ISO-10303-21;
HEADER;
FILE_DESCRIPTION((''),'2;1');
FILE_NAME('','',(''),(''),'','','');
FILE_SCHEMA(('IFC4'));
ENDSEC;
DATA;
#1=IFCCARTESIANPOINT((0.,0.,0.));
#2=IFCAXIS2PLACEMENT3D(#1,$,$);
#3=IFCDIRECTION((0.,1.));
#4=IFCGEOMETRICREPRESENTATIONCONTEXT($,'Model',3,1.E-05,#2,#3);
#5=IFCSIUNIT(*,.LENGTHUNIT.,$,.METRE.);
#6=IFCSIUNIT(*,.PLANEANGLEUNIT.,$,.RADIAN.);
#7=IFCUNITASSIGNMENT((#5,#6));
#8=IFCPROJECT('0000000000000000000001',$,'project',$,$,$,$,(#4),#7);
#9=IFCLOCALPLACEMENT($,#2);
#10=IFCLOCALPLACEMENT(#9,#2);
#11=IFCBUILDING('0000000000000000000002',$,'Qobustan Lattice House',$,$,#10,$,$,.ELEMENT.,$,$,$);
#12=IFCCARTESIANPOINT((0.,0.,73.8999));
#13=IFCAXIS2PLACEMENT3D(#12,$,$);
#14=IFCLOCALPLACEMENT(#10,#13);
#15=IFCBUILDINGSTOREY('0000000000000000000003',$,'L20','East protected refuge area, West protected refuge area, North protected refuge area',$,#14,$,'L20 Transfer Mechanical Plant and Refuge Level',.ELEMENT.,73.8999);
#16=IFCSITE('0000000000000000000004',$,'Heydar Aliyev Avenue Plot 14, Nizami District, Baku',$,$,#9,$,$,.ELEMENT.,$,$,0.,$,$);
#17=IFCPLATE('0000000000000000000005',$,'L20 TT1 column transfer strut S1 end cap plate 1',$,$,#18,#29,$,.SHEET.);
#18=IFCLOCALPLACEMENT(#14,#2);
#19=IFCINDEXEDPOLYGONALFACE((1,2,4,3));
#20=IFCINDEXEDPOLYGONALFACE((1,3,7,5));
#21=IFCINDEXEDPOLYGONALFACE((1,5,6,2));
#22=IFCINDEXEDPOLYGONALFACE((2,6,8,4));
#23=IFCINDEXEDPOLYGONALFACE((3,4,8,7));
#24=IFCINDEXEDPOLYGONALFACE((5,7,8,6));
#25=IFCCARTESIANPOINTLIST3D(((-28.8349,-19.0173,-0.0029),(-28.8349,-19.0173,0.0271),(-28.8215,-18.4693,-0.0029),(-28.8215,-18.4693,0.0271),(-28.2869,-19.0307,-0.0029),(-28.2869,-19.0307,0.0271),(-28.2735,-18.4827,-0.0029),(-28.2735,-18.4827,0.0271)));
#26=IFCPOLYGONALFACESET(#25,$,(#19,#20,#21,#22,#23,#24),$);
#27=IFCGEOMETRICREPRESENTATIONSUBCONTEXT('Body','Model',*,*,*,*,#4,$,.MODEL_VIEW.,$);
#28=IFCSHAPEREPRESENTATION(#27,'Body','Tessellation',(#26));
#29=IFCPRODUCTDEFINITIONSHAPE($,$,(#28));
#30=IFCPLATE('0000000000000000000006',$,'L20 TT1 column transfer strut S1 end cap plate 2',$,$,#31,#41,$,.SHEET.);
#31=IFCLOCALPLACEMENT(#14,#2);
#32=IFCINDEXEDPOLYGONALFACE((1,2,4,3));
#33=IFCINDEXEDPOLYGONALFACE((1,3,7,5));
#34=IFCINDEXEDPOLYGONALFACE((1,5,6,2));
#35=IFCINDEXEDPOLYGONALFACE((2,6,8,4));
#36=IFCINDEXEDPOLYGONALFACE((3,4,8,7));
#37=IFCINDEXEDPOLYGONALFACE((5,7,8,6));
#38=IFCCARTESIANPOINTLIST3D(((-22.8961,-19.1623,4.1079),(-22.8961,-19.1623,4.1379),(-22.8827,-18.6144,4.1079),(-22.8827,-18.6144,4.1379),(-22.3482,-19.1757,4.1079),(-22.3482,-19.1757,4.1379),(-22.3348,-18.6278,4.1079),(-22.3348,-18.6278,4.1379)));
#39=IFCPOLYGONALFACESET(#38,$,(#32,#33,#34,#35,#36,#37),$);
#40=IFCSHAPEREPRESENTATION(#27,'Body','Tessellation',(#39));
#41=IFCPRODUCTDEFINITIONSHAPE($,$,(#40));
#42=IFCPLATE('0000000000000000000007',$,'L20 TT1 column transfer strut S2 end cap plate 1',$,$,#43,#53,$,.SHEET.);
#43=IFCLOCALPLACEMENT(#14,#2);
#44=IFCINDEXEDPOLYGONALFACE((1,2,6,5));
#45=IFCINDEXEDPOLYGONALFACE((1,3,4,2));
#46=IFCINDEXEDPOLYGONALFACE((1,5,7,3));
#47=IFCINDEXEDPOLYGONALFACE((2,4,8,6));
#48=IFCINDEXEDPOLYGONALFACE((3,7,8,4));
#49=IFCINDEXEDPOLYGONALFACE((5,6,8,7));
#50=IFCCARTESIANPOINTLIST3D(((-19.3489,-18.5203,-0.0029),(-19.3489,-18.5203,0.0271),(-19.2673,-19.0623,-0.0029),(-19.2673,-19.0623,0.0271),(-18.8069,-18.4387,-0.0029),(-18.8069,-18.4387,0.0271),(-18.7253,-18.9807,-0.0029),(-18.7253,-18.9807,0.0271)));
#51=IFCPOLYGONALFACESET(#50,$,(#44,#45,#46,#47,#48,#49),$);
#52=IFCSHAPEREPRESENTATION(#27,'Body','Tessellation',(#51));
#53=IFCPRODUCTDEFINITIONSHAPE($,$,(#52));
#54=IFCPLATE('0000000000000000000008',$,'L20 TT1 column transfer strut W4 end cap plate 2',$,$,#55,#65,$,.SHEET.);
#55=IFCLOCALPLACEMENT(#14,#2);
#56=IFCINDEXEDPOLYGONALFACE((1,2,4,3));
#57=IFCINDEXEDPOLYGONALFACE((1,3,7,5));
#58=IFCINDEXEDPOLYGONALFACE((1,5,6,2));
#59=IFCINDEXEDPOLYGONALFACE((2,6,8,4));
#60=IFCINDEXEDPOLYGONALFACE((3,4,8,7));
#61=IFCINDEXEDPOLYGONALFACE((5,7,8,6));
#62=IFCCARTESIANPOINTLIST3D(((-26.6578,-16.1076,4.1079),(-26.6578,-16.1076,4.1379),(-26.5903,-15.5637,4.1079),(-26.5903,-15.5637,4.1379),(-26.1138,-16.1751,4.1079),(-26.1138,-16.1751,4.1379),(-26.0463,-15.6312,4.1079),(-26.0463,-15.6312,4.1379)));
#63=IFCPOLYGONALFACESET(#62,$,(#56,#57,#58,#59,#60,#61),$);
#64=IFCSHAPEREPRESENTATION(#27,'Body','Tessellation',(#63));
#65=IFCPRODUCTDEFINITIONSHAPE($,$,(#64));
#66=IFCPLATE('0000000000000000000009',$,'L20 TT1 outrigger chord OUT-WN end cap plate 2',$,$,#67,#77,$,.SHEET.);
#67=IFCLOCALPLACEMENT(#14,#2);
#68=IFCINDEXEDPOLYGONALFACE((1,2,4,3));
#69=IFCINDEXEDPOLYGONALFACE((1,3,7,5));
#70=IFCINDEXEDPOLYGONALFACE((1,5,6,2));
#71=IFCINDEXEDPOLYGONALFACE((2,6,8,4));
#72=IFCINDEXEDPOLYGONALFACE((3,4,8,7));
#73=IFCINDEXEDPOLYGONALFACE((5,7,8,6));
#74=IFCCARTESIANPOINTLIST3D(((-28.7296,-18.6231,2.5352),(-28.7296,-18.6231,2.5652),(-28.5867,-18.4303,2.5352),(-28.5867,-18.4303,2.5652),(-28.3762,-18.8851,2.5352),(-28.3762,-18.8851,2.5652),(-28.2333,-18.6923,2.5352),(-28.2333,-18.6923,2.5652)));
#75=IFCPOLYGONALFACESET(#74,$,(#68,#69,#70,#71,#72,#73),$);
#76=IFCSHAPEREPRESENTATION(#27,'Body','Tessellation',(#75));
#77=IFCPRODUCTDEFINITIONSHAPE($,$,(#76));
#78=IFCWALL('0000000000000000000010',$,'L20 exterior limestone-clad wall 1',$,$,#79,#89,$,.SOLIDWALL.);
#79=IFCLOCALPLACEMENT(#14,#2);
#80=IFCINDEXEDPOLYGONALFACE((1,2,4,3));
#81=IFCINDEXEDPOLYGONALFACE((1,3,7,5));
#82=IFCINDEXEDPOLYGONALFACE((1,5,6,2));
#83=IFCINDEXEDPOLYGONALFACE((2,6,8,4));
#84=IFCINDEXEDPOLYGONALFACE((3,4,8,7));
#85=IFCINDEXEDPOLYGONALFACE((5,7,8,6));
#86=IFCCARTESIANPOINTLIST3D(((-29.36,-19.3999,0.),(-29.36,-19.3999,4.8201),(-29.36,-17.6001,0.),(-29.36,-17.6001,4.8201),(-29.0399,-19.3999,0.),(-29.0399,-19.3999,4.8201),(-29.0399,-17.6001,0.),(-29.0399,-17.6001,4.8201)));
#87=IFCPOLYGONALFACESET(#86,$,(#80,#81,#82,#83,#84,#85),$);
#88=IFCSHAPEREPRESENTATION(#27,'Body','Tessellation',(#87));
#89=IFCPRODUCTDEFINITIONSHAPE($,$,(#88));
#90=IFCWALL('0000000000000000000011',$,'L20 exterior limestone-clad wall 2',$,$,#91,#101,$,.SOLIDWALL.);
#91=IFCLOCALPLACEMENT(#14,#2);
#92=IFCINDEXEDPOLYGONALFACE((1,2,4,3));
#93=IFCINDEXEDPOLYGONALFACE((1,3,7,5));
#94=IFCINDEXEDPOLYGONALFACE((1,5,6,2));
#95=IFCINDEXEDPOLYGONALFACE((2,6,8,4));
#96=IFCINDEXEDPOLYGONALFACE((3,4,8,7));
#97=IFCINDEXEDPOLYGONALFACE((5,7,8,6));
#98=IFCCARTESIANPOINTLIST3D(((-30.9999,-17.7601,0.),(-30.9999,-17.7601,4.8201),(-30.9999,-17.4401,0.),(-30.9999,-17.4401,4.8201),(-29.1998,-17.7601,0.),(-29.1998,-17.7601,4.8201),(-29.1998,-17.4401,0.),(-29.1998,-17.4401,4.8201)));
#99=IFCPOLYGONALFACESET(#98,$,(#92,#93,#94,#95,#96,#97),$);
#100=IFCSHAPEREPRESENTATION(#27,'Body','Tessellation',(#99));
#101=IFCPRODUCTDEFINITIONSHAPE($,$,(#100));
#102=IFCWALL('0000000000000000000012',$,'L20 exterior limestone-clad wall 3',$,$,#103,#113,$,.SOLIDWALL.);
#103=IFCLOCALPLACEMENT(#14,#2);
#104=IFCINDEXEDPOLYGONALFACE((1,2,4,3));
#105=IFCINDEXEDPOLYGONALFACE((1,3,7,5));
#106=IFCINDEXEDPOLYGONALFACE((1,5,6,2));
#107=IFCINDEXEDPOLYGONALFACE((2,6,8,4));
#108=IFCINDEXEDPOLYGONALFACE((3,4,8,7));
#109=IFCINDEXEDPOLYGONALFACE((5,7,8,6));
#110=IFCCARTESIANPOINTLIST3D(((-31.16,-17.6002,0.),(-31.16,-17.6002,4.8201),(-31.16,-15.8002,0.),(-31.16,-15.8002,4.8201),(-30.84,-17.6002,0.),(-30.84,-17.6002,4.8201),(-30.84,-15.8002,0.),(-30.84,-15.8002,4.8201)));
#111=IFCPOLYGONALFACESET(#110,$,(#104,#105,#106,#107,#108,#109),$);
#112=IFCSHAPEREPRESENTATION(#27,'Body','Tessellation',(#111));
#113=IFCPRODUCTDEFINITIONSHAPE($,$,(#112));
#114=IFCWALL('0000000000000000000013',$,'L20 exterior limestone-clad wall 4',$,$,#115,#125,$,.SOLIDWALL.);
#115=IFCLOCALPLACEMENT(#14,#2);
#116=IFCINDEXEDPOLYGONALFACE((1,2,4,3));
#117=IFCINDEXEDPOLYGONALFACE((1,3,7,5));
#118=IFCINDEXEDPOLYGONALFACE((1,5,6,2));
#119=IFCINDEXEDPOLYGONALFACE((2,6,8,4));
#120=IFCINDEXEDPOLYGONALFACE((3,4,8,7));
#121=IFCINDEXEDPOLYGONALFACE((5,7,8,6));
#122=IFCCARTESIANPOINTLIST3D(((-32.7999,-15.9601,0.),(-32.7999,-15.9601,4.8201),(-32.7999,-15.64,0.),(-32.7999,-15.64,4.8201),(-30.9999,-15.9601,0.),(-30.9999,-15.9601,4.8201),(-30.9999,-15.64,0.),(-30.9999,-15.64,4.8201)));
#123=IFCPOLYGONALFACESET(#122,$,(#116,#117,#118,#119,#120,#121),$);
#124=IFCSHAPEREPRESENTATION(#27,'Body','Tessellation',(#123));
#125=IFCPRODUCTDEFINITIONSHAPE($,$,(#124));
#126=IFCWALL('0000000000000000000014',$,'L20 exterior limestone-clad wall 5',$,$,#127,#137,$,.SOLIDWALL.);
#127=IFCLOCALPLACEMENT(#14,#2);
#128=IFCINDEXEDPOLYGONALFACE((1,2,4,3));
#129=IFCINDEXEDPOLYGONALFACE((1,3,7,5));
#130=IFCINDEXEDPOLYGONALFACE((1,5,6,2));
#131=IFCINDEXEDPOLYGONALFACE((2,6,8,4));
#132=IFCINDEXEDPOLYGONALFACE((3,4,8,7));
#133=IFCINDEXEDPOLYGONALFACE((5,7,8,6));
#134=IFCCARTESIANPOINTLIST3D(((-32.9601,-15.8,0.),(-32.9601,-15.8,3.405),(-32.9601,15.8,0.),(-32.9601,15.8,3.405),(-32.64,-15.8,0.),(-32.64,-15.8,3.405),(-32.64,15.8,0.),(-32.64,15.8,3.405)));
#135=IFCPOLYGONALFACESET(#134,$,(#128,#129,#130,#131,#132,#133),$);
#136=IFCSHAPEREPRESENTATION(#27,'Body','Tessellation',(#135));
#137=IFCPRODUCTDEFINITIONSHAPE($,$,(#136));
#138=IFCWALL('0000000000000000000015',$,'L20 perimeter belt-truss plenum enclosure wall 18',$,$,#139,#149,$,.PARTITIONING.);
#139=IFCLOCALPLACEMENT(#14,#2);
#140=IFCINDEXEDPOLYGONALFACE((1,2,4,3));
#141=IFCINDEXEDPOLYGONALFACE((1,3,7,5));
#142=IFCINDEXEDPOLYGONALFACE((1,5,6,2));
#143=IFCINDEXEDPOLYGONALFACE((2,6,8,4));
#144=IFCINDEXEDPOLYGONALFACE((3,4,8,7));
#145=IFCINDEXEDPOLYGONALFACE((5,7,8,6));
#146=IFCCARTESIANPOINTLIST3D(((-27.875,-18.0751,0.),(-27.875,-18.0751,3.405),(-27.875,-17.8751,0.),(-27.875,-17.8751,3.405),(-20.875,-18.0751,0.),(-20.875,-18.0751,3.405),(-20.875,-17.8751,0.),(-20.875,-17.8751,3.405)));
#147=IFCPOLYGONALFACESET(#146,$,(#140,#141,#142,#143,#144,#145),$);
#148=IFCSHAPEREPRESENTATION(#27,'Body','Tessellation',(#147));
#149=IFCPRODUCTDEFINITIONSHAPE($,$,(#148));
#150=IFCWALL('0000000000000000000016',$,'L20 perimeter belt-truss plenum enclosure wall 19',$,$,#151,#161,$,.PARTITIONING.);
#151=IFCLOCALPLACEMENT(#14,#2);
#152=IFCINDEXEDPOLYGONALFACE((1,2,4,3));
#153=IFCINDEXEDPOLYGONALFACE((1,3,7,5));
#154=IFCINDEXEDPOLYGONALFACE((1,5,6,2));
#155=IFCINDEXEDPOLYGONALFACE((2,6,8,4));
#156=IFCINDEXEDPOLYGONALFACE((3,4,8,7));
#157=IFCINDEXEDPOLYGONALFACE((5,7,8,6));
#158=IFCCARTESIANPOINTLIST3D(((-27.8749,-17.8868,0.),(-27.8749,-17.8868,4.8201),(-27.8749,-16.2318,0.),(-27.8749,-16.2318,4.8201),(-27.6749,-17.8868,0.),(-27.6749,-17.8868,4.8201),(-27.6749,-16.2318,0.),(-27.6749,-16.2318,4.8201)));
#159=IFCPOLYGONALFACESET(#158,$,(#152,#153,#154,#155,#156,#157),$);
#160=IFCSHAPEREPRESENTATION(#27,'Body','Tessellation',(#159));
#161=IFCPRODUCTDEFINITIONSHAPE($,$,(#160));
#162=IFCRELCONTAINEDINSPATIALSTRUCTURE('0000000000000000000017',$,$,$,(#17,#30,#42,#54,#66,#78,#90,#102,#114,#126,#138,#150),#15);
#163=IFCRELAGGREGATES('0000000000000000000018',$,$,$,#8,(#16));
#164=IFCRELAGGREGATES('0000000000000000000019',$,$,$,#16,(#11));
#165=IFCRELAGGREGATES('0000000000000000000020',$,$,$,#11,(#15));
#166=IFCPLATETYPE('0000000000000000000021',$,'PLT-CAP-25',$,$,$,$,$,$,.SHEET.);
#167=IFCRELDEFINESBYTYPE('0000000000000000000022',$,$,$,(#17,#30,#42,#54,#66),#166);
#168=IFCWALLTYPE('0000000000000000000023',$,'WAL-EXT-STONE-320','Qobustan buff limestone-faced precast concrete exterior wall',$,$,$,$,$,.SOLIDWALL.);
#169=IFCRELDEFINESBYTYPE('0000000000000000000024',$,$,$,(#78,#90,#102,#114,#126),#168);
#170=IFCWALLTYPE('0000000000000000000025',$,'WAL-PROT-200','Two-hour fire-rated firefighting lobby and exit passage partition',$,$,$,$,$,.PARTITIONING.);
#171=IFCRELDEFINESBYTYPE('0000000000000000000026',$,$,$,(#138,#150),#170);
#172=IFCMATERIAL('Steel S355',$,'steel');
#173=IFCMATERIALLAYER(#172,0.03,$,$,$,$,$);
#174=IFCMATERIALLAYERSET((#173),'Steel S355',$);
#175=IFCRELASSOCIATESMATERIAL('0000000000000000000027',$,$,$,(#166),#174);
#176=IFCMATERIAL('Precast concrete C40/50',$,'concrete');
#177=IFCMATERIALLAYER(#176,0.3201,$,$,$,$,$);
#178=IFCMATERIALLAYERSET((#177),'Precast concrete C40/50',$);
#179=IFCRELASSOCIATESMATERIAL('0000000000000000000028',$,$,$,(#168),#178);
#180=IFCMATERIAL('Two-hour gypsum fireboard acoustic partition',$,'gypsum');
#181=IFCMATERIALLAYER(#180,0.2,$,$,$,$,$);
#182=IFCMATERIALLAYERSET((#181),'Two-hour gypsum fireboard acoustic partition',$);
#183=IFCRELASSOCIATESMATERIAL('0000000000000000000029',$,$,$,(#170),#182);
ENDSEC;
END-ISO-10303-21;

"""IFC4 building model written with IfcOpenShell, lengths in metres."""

from ifc_helpers import new_model, si_unit, direction, frame, frame_2d, origin, origin_2d, place, context, subcontext, project, spatial, rectangle, extrude, material, layer, layer_set, type_object, element, save


model = new_model("IFC4")

# Units and contexts
model_context = context("Model", 3, precision=1e-05, world=origin(), true_north=direction((0.0, 1.0)))
body_context = subcontext(model_context, "Body", "Model", "MODEL_VIEW")
ifc_project = project(units=[si_unit("LENGTHUNIT", "METRE"), si_unit("PLANEANGLEUNIT", "RADIAN")], contexts=[model_context])

# Site, building, storey
site_placement = place(None, origin())
site = spatial("IfcSite", under=ifc_project, at=site_placement, Name="Heydar Aliyev Avenue Plot 14, Nizami District, Baku", CompositionType="ELEMENT", RefElevation=0.0)
building_placement = place(site_placement, origin())
building = spatial("IfcBuilding", under=site, at=building_placement, Name="Qobustan Lattice House", CompositionType="ELEMENT")
storey_placement = place(building_placement, frame((0.0, 0.0, 73.8999)))
storey = spatial("IfcBuildingStorey", under=building, at=storey_placement, Name="L20", Description="East protected refuge area, West protected refuge area, North protected refuge area", LongName="L20 Transfer Mechanical Plant and Refuge Level", CompositionType="ELEMENT", Elevation=73.8999)

# Plates
ifc_material_1 = material(Name="Steel S355", Category="steel")
ifc_layer_1 = layer(ifc_material_1, 0.03)
ifc_layer_set_1 = layer_set([ifc_layer_1], Name="Steel S355")
plate_type = type_object("IfcPlateType", Name="PLT-CAP-25", PredefinedType="SHEET", material=ifc_layer_set_1)
for number, where, z_axis, x_axis, name in (
    (1, (-28.5542, -18.75, -0.0029), (0.0, 0.0, 1.0), (0.999701, -0.02445, 0.0), "L20 TT1 column transfer strut S1 end cap plate 1"),
    (2, (-22.6155, -18.895, 4.1079), (0.0, 0.0, 1.0), (0.999701, -0.02445, 0.0), "L20 TT1 column transfer strut S1 end cap plate 2"),
    (3, (-19.0371, -18.7505, -0.0029), (0.0, 0.0, 1.0), (0.988874, 0.148759, 0.0), "L20 TT1 column transfer strut S2 end cap plate 1"),
    (4, (-26.3521, -15.8694, 4.1079), (0.0, 0.0, 1.0), (0.992388, -0.123151, 0.0), "L20 TT1 column transfer strut W4 end cap plate 2"),
):
    element("IfcPlate", number, at=place(storey_placement, frame(where, z_axis=z_axis, x_axis=x_axis)), inside=storey, type_object=plate_type, Name=name, PredefinedType="SHEET", context=body_context, shape_type="SweptSolid", body=[
        extrude(rectangle(XDim=0.5481, YDim=0.5481, at=origin_2d()), origin(), (0.0, 0.0, 1.0), 0.03),
    ])
plate_1_placement = place(storey_placement, frame((-28.4814, -18.6577, 2.5352), z_axis=(0.0, 0.0, 1.0), x_axis=(-0.595594, -0.803286, 0.0)))
element("IfcPlate", 5, at=plate_1_placement, inside=storey, type_object=plate_type, Name="L20 TT1 outrigger chord OUT-WN end cap plate 2", PredefinedType="SHEET", context=body_context, shape_type="SweptSolid", body=[
    extrude(rectangle(XDim=0.24, YDim=0.4399, at=origin_2d()), origin(), (0.0, 0.0, 1.0), 0.03),
])

# Walls
ifc_material_2 = material(Name="Precast concrete C40/50", Category="concrete")
ifc_layer_2 = layer(ifc_material_2, 0.3201)
ifc_layer_set_2 = layer_set([ifc_layer_2], Name="Precast concrete C40/50")
wall_type_1 = type_object("IfcWallType", Name="WAL-EXT-STONE-320", Description="Qobustan buff limestone-faced precast concrete exterior wall", PredefinedType="SOLIDWALL", material=ifc_layer_set_2)
wall_1_placement = place(storey_placement, frame((-29.2, -19.3999, 0.0), z_axis=(0.0, 0.0, 1.0), x_axis=(0.0, 1.0, 0.0)))
element("IfcWall", 6, at=wall_1_placement, inside=storey, type_object=wall_type_1, Name="L20 exterior limestone-clad wall 1", PredefinedType="SOLIDWALL", context=body_context, shape_type="SweptSolid", body=[
    extrude(rectangle(XDim=1.7998, YDim=0.3201, at=frame_2d((0.8999, 0.0))), origin(), (0.0, 0.0, 1.0), 4.8201),
])
for number, where, z_axis, x_axis, name in (
    (7, (-29.2, -17.6001, 0.0), (0.0, 0.0, 1.0), (-1.0, 0.0, 0.0), "L20 exterior limestone-clad wall 2"),
    (8, (-31.0, -17.6001, 0.0), (0.0, 0.0, 1.0), (0.0, 1.0, 0.0), "L20 exterior limestone-clad wall 3"),
    (9, (-31.0, -15.8, 0.0), (0.0, 0.0, 1.0), (-1.0, 0.0, 0.0), "L20 exterior limestone-clad wall 4"),
):
    element("IfcWall", number, at=place(storey_placement, frame(where, z_axis=z_axis, x_axis=x_axis)), inside=storey, type_object=wall_type_1, Name=name, PredefinedType="SOLIDWALL", context=body_context, shape_type="SweptSolid", body=[
        extrude(rectangle(XDim=1.8, YDim=0.3201, at=frame_2d((0.8999, 0.0))), origin(), (0.0, 0.0, 1.0), 4.8201),
    ])
wall_2_placement = place(storey_placement, frame((-32.8, -15.8, 0.0), z_axis=(0.0, 0.0, 1.0), x_axis=(0.0, 1.0, 0.0)))
element("IfcWall", 10, at=wall_2_placement, inside=storey, type_object=wall_type_1, Name="L20 exterior limestone-clad wall 5", PredefinedType="SOLIDWALL", context=body_context, shape_type="SweptSolid", body=[
    extrude(rectangle(XDim=31.6001, YDim=0.3201, at=frame_2d((15.8, 0.0))), origin(), (0.0, 0.0, 1.0), 3.405),
])
ifc_material_3 = material(Name="Two-hour gypsum fireboard acoustic partition", Category="gypsum")
ifc_layer_3 = layer(ifc_material_3, 0.2)
ifc_layer_set_3 = layer_set([ifc_layer_3], Name="Two-hour gypsum fireboard acoustic partition")
wall_type_2 = type_object("IfcWallType", Name="WAL-PROT-200", Description="Two-hour fire-rated firefighting lobby and exit passage partition", PredefinedType="PARTITIONING", material=ifc_layer_set_3)
wall_3_placement = place(storey_placement, frame((-20.875, -17.9751, 0.0), z_axis=(0.0, 0.0, 1.0), x_axis=(-1.0, 0.0, 0.0)))
element("IfcWall", 11, at=wall_3_placement, inside=storey, type_object=wall_type_2, Name="L20 perimeter belt-truss plenum enclosure wall 18", PredefinedType="PARTITIONING", context=body_context, shape_type="SweptSolid", body=[
    extrude(rectangle(XDim=7.0, YDim=0.2, at=frame_2d((3.5, 0.0))), origin(), (0.0, 0.0, 1.0), 3.405),
])
wall_4_placement = place(storey_placement, frame((-27.7749, -17.887, 0.0), z_axis=(0.0, 0.0, 1.0), x_axis=(0.0, 1.0, 0.0)))
element("IfcWall", 12, at=wall_4_placement, inside=storey, type_object=wall_type_2, Name="L20 perimeter belt-truss plenum enclosure wall 19", PredefinedType="PARTITIONING", context=body_context, shape_type="SweptSolid", body=[
    extrude(rectangle(XDim=1.655, YDim=0.2, at=frame_2d((0.8276, 0.0))), origin(), (0.0, 0.0, 1.0), 4.8201),
])

save(model, "model.ifc")
